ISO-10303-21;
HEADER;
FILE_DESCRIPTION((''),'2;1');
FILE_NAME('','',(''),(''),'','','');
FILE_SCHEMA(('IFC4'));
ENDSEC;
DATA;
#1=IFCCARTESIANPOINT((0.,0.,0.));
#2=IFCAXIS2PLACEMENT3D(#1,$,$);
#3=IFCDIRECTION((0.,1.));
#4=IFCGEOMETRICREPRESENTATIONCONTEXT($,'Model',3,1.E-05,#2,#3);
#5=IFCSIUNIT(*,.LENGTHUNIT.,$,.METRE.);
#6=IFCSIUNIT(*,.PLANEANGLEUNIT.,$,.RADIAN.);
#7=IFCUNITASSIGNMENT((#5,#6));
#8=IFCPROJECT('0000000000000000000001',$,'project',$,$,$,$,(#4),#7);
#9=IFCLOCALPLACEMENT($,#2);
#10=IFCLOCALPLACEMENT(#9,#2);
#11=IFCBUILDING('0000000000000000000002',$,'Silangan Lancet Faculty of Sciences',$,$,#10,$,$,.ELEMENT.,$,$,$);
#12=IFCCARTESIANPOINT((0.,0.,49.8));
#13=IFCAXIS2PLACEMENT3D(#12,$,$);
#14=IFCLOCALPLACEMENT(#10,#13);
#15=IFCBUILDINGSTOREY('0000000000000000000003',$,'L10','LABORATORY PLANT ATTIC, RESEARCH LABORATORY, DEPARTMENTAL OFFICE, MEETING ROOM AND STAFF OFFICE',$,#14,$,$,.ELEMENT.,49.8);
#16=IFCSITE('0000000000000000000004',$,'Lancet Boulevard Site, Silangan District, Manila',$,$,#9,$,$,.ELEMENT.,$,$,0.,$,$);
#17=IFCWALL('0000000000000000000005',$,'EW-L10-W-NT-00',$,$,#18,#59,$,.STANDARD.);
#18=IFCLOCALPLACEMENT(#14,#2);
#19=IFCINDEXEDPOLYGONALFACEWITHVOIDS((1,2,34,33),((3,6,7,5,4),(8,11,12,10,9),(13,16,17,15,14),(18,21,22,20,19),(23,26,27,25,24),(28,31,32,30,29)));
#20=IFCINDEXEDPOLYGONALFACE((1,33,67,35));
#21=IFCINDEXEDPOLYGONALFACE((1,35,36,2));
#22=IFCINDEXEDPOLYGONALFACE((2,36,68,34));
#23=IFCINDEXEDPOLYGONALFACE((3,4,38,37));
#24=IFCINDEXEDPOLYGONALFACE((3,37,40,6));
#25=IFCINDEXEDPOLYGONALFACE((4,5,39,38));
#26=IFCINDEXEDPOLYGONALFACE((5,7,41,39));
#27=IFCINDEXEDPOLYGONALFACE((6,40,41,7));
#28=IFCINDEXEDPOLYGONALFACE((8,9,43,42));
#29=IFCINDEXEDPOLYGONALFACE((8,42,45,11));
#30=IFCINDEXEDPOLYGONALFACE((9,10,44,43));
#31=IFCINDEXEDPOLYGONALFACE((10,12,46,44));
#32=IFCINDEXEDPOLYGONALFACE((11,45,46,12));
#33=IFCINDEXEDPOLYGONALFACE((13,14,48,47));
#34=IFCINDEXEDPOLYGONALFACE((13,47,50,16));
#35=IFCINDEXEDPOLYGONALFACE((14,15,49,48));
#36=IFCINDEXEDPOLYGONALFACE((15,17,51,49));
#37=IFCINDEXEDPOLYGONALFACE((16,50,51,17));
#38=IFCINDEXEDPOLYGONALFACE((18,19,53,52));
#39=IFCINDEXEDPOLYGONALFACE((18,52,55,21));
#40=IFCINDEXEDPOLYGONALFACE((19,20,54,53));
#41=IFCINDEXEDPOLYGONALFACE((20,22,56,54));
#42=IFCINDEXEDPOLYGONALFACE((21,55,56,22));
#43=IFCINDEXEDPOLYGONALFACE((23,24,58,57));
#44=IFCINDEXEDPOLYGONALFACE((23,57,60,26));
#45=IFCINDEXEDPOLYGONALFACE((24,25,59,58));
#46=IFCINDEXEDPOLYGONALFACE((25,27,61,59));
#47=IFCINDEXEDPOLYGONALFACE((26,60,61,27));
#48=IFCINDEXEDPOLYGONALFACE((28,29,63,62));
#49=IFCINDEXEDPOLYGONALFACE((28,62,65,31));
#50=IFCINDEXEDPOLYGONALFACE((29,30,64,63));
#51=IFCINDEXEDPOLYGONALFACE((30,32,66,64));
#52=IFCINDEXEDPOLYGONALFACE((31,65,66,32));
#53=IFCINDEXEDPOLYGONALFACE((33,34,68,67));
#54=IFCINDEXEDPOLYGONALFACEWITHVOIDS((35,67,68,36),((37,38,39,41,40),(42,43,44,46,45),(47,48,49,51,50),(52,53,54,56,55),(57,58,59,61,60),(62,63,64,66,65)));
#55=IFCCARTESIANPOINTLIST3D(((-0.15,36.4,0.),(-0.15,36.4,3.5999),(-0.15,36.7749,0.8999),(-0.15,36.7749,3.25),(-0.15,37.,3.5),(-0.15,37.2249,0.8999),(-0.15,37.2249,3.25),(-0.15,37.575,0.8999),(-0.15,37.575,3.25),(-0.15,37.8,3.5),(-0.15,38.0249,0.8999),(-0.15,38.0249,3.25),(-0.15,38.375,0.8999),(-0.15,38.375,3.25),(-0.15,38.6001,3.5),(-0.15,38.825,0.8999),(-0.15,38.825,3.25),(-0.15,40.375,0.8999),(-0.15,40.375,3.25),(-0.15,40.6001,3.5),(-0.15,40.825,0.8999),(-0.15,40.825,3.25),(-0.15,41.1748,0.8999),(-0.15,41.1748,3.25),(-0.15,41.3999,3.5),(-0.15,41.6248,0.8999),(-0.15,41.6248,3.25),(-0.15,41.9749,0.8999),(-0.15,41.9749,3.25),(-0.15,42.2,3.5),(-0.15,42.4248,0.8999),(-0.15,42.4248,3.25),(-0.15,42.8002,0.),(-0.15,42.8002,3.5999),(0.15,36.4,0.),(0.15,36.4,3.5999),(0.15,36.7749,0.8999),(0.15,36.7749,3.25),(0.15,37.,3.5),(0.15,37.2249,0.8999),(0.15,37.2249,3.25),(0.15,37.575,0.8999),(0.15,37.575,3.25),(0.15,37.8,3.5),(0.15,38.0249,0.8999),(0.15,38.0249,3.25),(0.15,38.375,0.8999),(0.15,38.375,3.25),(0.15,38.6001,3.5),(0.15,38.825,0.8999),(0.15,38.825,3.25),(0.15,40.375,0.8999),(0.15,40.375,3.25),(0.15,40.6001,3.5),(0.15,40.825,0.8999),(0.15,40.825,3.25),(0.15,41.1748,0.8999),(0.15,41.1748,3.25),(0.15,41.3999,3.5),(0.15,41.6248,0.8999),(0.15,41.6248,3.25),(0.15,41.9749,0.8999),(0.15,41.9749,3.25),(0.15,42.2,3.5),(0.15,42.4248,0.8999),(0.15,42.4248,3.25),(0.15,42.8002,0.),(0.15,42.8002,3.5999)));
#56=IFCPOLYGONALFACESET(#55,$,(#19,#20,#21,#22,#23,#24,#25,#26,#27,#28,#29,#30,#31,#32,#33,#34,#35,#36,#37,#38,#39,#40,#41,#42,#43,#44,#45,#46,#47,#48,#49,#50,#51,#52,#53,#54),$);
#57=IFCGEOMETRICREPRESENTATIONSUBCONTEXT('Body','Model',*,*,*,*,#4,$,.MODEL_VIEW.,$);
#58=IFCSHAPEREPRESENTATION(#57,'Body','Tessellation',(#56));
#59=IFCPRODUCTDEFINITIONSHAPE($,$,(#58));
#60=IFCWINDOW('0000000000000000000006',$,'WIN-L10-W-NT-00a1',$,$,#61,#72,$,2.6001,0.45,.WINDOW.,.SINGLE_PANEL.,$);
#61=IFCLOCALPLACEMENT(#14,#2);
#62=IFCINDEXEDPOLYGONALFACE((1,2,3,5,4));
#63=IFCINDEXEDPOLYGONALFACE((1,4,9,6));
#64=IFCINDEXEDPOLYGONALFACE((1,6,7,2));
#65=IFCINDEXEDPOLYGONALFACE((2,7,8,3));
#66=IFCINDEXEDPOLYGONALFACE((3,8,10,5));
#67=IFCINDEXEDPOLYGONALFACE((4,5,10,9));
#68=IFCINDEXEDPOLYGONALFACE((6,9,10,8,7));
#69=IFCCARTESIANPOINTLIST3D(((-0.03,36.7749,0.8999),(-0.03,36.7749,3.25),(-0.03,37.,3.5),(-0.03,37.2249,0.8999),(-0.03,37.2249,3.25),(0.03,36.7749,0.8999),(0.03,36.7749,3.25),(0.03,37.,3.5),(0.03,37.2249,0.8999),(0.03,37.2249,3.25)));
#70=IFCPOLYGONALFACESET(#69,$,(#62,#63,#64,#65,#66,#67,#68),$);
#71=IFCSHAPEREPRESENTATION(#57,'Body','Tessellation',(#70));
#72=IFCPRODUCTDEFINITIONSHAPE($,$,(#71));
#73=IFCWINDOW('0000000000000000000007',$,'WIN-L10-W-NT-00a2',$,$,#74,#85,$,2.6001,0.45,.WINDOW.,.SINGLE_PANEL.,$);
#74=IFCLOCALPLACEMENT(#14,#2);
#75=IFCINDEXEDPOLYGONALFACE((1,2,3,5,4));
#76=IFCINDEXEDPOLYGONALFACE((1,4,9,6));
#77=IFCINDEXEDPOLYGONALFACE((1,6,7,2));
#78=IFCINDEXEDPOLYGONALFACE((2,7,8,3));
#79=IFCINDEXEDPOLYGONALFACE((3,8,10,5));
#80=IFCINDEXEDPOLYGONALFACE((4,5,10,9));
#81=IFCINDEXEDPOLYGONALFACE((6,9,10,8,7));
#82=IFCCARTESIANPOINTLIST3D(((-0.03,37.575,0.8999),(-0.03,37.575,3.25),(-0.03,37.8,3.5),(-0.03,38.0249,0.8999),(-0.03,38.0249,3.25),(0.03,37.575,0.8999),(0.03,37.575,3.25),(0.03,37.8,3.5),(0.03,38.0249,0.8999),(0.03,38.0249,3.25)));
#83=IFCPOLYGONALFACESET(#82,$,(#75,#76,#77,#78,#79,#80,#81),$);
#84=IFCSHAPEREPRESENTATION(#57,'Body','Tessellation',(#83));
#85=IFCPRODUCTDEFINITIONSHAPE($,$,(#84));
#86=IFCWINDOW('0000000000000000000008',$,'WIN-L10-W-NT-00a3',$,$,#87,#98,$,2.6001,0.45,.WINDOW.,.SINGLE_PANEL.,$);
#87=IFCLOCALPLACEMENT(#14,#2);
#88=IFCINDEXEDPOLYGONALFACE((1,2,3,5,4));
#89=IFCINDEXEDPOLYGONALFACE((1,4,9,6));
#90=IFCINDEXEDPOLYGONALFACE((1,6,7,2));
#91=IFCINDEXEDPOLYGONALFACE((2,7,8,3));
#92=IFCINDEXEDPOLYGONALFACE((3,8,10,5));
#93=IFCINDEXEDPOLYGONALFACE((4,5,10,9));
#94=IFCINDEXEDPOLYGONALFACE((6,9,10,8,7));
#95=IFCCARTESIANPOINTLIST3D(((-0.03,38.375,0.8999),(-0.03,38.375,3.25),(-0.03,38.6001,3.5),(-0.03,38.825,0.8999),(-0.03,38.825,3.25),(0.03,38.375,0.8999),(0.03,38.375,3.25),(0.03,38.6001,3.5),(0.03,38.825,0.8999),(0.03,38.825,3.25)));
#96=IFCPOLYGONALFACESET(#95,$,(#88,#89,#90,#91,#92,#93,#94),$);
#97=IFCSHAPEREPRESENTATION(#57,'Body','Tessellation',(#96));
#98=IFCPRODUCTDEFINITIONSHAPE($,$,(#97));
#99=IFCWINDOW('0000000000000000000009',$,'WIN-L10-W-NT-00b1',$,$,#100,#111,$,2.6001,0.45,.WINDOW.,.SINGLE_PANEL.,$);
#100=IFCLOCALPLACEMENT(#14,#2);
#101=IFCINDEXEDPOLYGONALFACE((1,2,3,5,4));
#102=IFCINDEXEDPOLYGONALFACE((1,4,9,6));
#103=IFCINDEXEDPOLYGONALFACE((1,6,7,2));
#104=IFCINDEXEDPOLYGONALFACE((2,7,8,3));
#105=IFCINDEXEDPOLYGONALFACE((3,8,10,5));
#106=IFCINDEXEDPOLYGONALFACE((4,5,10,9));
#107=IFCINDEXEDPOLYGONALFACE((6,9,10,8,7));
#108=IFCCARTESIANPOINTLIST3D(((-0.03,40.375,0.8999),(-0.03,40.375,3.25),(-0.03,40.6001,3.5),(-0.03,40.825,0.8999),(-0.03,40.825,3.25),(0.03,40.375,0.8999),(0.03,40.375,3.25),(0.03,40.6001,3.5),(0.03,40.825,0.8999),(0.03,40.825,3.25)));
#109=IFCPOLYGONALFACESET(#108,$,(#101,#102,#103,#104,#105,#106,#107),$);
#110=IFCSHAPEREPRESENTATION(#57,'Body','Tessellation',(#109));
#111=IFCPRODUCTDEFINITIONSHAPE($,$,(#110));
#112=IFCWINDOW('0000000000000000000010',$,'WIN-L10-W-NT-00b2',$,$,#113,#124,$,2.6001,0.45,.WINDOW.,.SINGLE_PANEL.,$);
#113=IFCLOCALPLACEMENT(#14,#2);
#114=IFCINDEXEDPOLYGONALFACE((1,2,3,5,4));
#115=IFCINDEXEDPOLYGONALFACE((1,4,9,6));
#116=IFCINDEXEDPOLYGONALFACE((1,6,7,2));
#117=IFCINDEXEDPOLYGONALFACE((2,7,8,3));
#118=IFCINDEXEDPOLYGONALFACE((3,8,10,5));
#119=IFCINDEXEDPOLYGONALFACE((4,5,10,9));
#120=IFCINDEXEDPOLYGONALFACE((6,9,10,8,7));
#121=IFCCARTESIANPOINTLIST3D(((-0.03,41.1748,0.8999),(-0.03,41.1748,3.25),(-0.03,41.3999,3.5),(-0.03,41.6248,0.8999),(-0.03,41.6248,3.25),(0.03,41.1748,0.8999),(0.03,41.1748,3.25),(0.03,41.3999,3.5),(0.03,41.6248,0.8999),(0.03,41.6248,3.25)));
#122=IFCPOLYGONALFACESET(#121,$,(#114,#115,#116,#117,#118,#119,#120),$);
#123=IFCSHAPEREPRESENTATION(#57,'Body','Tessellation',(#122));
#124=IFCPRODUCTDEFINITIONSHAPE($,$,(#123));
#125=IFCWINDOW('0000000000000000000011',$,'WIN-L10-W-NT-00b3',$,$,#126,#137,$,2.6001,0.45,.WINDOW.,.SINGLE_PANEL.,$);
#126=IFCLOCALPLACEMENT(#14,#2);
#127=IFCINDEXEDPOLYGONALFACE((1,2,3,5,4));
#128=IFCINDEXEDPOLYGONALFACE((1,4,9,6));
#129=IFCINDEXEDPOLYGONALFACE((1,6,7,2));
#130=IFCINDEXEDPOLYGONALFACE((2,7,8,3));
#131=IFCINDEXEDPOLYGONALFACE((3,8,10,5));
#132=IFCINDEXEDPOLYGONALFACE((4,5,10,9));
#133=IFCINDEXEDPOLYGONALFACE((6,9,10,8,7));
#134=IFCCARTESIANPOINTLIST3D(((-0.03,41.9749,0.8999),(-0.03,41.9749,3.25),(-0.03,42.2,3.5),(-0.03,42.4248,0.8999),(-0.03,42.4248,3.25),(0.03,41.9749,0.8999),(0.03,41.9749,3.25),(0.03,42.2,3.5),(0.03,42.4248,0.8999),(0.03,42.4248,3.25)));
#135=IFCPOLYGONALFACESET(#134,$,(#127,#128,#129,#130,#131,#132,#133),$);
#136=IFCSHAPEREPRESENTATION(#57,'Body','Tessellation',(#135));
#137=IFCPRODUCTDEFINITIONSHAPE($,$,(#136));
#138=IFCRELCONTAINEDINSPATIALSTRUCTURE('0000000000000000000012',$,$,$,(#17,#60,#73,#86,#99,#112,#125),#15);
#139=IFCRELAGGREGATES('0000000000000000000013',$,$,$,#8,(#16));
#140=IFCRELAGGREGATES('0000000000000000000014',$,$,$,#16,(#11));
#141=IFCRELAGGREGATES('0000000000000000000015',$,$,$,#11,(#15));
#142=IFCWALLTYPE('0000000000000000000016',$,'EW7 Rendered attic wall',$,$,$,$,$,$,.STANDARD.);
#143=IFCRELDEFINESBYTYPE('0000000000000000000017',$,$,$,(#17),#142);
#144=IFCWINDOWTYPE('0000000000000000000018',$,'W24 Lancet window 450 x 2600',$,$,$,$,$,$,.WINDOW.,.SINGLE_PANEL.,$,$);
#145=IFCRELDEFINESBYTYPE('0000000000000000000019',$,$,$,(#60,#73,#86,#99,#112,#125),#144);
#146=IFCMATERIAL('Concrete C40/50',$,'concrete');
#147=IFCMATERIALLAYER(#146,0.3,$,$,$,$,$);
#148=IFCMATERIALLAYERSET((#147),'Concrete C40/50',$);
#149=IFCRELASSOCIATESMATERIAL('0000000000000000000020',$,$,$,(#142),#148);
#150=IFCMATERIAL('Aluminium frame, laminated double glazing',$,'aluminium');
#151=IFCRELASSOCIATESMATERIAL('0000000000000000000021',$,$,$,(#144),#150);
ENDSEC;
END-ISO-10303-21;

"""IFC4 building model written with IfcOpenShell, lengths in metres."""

from ifc_helpers import new_model, si_unit, direction, frame, frame_2d, origin, place, context, subcontext, project, spatial, polyline, rectangle, outline, extrude, material, layer, layer_set, type_object, element, fill, save


model = new_model("IFC4")

# Units and contexts
model_context = context("Model", 3, precision=1e-05, world=origin(), true_north=direction((0.0, 1.0)))
body_context = subcontext(model_context, "Body", "Model", "MODEL_VIEW")
ifc_project = project(units=[si_unit("LENGTHUNIT", "METRE"), si_unit("PLANEANGLEUNIT", "RADIAN")], contexts=[model_context])

# Site, building, storey
site_placement = place(None, origin())
site = spatial("IfcSite", under=ifc_project, at=site_placement, Name="Lancet Boulevard Site, Silangan District, Manila", CompositionType="ELEMENT", RefElevation=0.0)
building_placement = place(site_placement, origin())
building = spatial("IfcBuilding", under=site, at=building_placement, Name="Silangan Lancet Faculty of Sciences", CompositionType="ELEMENT")
storey_placement = place(building_placement, frame((0.0, 0.0, 49.8)))
storey = spatial("IfcBuildingStorey", under=building, at=storey_placement, Name="L10", Description="LABORATORY PLANT ATTIC, RESEARCH LABORATORY, DEPARTMENTAL OFFICE, MEETING ROOM AND STAFF OFFICE", CompositionType="ELEMENT", Elevation=49.8)

# Wall, openings, windows
ifc_material_1 = material(Name="Concrete C40/50", Category="concrete")
ifc_layer_1 = layer(ifc_material_1, 0.3)
ifc_layer_set_1 = layer_set([ifc_layer_1], Name="Concrete C40/50")
wall_type_1 = type_object("IfcWallType", Name="EW7 Rendered attic wall", PredefinedType="STANDARD", material=ifc_layer_set_1)
wall_1_placement = place(storey_placement, frame((0.0, 36.3999, 0.0), z_axis=(0.0, 0.0, 1.0), x_axis=(0.0, 1.0, 0.0)))
wall_1 = element("IfcWall", 1, at=wall_1_placement, inside=storey, type_object=wall_type_1, Name="EW-L10-W-NT-00", PredefinedType="STANDARD", context=body_context, shape_type="SweptSolid", body=[
    extrude(rectangle(XDim=6.4001, YDim=0.3, at=frame_2d((3.2002, 0.0))), origin(), (0.0, 0.0, 1.0), 3.5999),
])
opening_1_placement = place(wall_1_placement, frame((0.375, 0.0, 0.8999)))
opening_1 = element("IfcOpeningElement", 2, at=opening_1_placement, cuts=wall_1, PredefinedType="OPENING", context=body_context, shape_type="SweptSolid", body=[
    extrude(outline(polyline([(0.0, 0.0), (0.45, 0.0), (0.45, 2.3501), (0.2251, 2.6001), (0.0, 2.3501), (0.0, 0.0)])), frame((0.0, 0.1599, 0.0), z_axis=(0.0, -1.0, 0.0), x_axis=(1.0, 0.0, 0.0)), (0.0, 0.0, 1.0), 0.3201),
])
opening_2_placement = place(wall_1_placement, frame((1.175, 0.0, 0.8999)))
opening_2 = element("IfcOpeningElement", 3, at=opening_2_placement, cuts=wall_1, PredefinedType="OPENING", context=body_context, shape_type="SweptSolid", body=[
    extrude(outline(polyline([(0.0, 0.0), (0.45, 0.0), (0.45, 2.3501), (0.2251, 2.6001), (0.0, 2.3501), (0.0, 0.0)])), frame((0.0, 0.1599, 0.0), z_axis=(0.0, -1.0, 0.0), x_axis=(1.0, 0.0, 0.0)), (0.0, 0.0, 1.0), 0.3201),
])
opening_3_placement = place(wall_1_placement, frame((1.9751, 0.0, 0.8999)))
opening_3 = element("IfcOpeningElement", 4, at=opening_3_placement, cuts=wall_1, PredefinedType="OPENING", context=body_context, shape_type="SweptSolid", body=[
    extrude(outline(polyline([(0.0, 0.0), (0.45, 0.0), (0.45, 2.3501), (0.2251, 2.6001), (0.0, 2.3501), (0.0, 0.0)])), frame((0.0, 0.1599, 0.0), z_axis=(0.0, -1.0, 0.0), x_axis=(1.0, 0.0, 0.0)), (0.0, 0.0, 1.0), 0.3201),
])
opening_4_placement = place(wall_1_placement, frame((3.9751, 0.0, 0.8999)))
opening_4 = element("IfcOpeningElement", 5, at=opening_4_placement, cuts=wall_1, PredefinedType="OPENING", context=body_context, shape_type="SweptSolid", body=[
    extrude(outline(polyline([(0.0, 0.0), (0.45, 0.0), (0.45, 2.3501), (0.2251, 2.6001), (0.0, 2.3501), (0.0, 0.0)])), frame((0.0, 0.1599, 0.0), z_axis=(0.0, -1.0, 0.0), x_axis=(1.0, 0.0, 0.0)), (0.0, 0.0, 1.0), 0.3201),
])
opening_5_placement = place(wall_1_placement, frame((4.7749, 0.0, 0.8999)))
opening_5 = element("IfcOpeningElement", 6, at=opening_5_placement, cuts=wall_1, PredefinedType="OPENING", context=body_context, shape_type="SweptSolid", body=[
    extrude(outline(polyline([(0.0, 0.0), (0.45, 0.0), (0.45, 2.3501), (0.2251, 2.6001), (0.0, 2.3501), (0.0, 0.0)])), frame((0.0, 0.1599, 0.0), z_axis=(0.0, -1.0, 0.0), x_axis=(1.0, 0.0, 0.0)), (0.0, 0.0, 1.0), 0.3201),
])
opening_6_placement = place(wall_1_placement, frame((5.575, 0.0, 0.8999)))
opening_6 = element("IfcOpeningElement", 7, at=opening_6_placement, cuts=wall_1, PredefinedType="OPENING", context=body_context, shape_type="SweptSolid", body=[
    extrude(outline(polyline([(0.0, 0.0), (0.45, 0.0), (0.45, 2.3501), (0.2251, 2.6001), (0.0, 2.3501), (0.0, 0.0)])), frame((0.0, 0.1599, 0.0), z_axis=(0.0, -1.0, 0.0), x_axis=(1.0, 0.0, 0.0)), (0.0, 0.0, 1.0), 0.3201),
])
ifc_material_2 = material(Name="Aluminium frame, laminated double glazing", Category="aluminium")
window_type = type_object("IfcWindowType", Name="W24 Lancet window 450 x 2600", PartitioningType="SINGLE_PANEL", PredefinedType="WINDOW", material=ifc_material_2)
window_1_placement = place(opening_1_placement, origin())
window_1 = element("IfcWindow", 8, at=window_1_placement, inside=storey, type_object=window_type, Name="WIN-L10-W-NT-00a1", OverallHeight=2.6001, OverallWidth=0.45, PartitioningType="SINGLE_PANEL", PredefinedType="WINDOW", context=body_context, shape_type="SweptSolid", body=[
    extrude(outline(polyline([(0.0, 0.0), (0.45, 0.0), (0.45, 2.3501), (0.2251, 2.6001), (0.0, 2.3501), (0.0, 0.0)])), frame((0.0, 0.03, 0.0), z_axis=(0.0, -1.0, 0.0), x_axis=(1.0, 0.0, 0.0)), (0.0, 0.0, 1.0), 0.0601),
])
fill(opening_1, window_1)
window_2_placement = place(opening_2_placement, origin())
window_2 = element("IfcWindow", 9, at=window_2_placement, inside=storey, type_object=window_type, Name="WIN-L10-W-NT-00a2", OverallHeight=2.6001, OverallWidth=0.45, PartitioningType="SINGLE_PANEL", PredefinedType="WINDOW", context=body_context, shape_type="SweptSolid", body=[
    extrude(outline(polyline([(0.0, 0.0), (0.45, 0.0), (0.45, 2.3501), (0.2251, 2.6001), (0.0, 2.3501), (0.0, 0.0)])), frame((0.0, 0.03, 0.0), z_axis=(0.0, -1.0, 0.0), x_axis=(1.0, 0.0, 0.0)), (0.0, 0.0, 1.0), 0.0601),
])
fill(opening_2, window_2)
window_3_placement = place(opening_3_placement, origin())
window_3 = element("IfcWindow", 10, at=window_3_placement, inside=storey, type_object=window_type, Name="WIN-L10-W-NT-00a3", OverallHeight=2.6001, OverallWidth=0.45, PartitioningType="SINGLE_PANEL", PredefinedType="WINDOW", context=body_context, shape_type="SweptSolid", body=[
    extrude(outline(polyline([(0.0, 0.0), (0.45, 0.0), (0.45, 2.3501), (0.2251, 2.6001), (0.0, 2.3501), (0.0, 0.0)])), frame((0.0, 0.03, 0.0), z_axis=(0.0, -1.0, 0.0), x_axis=(1.0, 0.0, 0.0)), (0.0, 0.0, 1.0), 0.0601),
])
fill(opening_3, window_3)
window_4_placement = place(opening_4_placement, origin())
window_4 = element("IfcWindow", 11, at=window_4_placement, inside=storey, type_object=window_type, Name="WIN-L10-W-NT-00b1", OverallHeight=2.6001, OverallWidth=0.45, PartitioningType="SINGLE_PANEL", PredefinedType="WINDOW", context=body_context, shape_type="SweptSolid", body=[
    extrude(outline(polyline([(0.0, 0.0), (0.45, 0.0), (0.45, 2.3501), (0.2251, 2.6001), (0.0, 2.3501), (0.0, 0.0)])), frame((0.0, 0.03, 0.0), z_axis=(0.0, -1.0, 0.0), x_axis=(1.0, 0.0, 0.0)), (0.0, 0.0, 1.0), 0.0601),
])
fill(opening_4, window_4)
window_5_placement = place(opening_5_placement, origin())
window_5 = element("IfcWindow", 12, at=window_5_placement, inside=storey, type_object=window_type, Name="WIN-L10-W-NT-00b2", OverallHeight=2.6001, OverallWidth=0.45, PartitioningType="SINGLE_PANEL", PredefinedType="WINDOW", context=body_context, shape_type="SweptSolid", body=[
    extrude(outline(polyline([(0.0, 0.0), (0.45, 0.0), (0.45, 2.3501), (0.2251, 2.6001), (0.0, 2.3501), (0.0, 0.0)])), frame((0.0, 0.03, 0.0), z_axis=(0.0, -1.0, 0.0), x_axis=(1.0, 0.0, 0.0)), (0.0, 0.0, 1.0), 0.0601),
])
fill(opening_5, window_5)
window_6_placement = place(opening_6_placement, origin())
window_6 = element("IfcWindow", 13, at=window_6_placement, inside=storey, type_object=window_type, Name="WIN-L10-W-NT-00b3", OverallHeight=2.6001, OverallWidth=0.45, PartitioningType="SINGLE_PANEL", PredefinedType="WINDOW", context=body_context, shape_type="SweptSolid", body=[
    extrude(outline(polyline([(0.0, 0.0), (0.45, 0.0), (0.45, 2.3501), (0.2251, 2.6001), (0.0, 2.3501), (0.0, 0.0)])), frame((0.0, 0.03, 0.0), z_axis=(0.0, -1.0, 0.0), x_axis=(1.0, 0.0, 0.0)), (0.0, 0.0, 1.0), 0.0601),
])
fill(opening_6, window_6)

save(model, "model.ifc")
